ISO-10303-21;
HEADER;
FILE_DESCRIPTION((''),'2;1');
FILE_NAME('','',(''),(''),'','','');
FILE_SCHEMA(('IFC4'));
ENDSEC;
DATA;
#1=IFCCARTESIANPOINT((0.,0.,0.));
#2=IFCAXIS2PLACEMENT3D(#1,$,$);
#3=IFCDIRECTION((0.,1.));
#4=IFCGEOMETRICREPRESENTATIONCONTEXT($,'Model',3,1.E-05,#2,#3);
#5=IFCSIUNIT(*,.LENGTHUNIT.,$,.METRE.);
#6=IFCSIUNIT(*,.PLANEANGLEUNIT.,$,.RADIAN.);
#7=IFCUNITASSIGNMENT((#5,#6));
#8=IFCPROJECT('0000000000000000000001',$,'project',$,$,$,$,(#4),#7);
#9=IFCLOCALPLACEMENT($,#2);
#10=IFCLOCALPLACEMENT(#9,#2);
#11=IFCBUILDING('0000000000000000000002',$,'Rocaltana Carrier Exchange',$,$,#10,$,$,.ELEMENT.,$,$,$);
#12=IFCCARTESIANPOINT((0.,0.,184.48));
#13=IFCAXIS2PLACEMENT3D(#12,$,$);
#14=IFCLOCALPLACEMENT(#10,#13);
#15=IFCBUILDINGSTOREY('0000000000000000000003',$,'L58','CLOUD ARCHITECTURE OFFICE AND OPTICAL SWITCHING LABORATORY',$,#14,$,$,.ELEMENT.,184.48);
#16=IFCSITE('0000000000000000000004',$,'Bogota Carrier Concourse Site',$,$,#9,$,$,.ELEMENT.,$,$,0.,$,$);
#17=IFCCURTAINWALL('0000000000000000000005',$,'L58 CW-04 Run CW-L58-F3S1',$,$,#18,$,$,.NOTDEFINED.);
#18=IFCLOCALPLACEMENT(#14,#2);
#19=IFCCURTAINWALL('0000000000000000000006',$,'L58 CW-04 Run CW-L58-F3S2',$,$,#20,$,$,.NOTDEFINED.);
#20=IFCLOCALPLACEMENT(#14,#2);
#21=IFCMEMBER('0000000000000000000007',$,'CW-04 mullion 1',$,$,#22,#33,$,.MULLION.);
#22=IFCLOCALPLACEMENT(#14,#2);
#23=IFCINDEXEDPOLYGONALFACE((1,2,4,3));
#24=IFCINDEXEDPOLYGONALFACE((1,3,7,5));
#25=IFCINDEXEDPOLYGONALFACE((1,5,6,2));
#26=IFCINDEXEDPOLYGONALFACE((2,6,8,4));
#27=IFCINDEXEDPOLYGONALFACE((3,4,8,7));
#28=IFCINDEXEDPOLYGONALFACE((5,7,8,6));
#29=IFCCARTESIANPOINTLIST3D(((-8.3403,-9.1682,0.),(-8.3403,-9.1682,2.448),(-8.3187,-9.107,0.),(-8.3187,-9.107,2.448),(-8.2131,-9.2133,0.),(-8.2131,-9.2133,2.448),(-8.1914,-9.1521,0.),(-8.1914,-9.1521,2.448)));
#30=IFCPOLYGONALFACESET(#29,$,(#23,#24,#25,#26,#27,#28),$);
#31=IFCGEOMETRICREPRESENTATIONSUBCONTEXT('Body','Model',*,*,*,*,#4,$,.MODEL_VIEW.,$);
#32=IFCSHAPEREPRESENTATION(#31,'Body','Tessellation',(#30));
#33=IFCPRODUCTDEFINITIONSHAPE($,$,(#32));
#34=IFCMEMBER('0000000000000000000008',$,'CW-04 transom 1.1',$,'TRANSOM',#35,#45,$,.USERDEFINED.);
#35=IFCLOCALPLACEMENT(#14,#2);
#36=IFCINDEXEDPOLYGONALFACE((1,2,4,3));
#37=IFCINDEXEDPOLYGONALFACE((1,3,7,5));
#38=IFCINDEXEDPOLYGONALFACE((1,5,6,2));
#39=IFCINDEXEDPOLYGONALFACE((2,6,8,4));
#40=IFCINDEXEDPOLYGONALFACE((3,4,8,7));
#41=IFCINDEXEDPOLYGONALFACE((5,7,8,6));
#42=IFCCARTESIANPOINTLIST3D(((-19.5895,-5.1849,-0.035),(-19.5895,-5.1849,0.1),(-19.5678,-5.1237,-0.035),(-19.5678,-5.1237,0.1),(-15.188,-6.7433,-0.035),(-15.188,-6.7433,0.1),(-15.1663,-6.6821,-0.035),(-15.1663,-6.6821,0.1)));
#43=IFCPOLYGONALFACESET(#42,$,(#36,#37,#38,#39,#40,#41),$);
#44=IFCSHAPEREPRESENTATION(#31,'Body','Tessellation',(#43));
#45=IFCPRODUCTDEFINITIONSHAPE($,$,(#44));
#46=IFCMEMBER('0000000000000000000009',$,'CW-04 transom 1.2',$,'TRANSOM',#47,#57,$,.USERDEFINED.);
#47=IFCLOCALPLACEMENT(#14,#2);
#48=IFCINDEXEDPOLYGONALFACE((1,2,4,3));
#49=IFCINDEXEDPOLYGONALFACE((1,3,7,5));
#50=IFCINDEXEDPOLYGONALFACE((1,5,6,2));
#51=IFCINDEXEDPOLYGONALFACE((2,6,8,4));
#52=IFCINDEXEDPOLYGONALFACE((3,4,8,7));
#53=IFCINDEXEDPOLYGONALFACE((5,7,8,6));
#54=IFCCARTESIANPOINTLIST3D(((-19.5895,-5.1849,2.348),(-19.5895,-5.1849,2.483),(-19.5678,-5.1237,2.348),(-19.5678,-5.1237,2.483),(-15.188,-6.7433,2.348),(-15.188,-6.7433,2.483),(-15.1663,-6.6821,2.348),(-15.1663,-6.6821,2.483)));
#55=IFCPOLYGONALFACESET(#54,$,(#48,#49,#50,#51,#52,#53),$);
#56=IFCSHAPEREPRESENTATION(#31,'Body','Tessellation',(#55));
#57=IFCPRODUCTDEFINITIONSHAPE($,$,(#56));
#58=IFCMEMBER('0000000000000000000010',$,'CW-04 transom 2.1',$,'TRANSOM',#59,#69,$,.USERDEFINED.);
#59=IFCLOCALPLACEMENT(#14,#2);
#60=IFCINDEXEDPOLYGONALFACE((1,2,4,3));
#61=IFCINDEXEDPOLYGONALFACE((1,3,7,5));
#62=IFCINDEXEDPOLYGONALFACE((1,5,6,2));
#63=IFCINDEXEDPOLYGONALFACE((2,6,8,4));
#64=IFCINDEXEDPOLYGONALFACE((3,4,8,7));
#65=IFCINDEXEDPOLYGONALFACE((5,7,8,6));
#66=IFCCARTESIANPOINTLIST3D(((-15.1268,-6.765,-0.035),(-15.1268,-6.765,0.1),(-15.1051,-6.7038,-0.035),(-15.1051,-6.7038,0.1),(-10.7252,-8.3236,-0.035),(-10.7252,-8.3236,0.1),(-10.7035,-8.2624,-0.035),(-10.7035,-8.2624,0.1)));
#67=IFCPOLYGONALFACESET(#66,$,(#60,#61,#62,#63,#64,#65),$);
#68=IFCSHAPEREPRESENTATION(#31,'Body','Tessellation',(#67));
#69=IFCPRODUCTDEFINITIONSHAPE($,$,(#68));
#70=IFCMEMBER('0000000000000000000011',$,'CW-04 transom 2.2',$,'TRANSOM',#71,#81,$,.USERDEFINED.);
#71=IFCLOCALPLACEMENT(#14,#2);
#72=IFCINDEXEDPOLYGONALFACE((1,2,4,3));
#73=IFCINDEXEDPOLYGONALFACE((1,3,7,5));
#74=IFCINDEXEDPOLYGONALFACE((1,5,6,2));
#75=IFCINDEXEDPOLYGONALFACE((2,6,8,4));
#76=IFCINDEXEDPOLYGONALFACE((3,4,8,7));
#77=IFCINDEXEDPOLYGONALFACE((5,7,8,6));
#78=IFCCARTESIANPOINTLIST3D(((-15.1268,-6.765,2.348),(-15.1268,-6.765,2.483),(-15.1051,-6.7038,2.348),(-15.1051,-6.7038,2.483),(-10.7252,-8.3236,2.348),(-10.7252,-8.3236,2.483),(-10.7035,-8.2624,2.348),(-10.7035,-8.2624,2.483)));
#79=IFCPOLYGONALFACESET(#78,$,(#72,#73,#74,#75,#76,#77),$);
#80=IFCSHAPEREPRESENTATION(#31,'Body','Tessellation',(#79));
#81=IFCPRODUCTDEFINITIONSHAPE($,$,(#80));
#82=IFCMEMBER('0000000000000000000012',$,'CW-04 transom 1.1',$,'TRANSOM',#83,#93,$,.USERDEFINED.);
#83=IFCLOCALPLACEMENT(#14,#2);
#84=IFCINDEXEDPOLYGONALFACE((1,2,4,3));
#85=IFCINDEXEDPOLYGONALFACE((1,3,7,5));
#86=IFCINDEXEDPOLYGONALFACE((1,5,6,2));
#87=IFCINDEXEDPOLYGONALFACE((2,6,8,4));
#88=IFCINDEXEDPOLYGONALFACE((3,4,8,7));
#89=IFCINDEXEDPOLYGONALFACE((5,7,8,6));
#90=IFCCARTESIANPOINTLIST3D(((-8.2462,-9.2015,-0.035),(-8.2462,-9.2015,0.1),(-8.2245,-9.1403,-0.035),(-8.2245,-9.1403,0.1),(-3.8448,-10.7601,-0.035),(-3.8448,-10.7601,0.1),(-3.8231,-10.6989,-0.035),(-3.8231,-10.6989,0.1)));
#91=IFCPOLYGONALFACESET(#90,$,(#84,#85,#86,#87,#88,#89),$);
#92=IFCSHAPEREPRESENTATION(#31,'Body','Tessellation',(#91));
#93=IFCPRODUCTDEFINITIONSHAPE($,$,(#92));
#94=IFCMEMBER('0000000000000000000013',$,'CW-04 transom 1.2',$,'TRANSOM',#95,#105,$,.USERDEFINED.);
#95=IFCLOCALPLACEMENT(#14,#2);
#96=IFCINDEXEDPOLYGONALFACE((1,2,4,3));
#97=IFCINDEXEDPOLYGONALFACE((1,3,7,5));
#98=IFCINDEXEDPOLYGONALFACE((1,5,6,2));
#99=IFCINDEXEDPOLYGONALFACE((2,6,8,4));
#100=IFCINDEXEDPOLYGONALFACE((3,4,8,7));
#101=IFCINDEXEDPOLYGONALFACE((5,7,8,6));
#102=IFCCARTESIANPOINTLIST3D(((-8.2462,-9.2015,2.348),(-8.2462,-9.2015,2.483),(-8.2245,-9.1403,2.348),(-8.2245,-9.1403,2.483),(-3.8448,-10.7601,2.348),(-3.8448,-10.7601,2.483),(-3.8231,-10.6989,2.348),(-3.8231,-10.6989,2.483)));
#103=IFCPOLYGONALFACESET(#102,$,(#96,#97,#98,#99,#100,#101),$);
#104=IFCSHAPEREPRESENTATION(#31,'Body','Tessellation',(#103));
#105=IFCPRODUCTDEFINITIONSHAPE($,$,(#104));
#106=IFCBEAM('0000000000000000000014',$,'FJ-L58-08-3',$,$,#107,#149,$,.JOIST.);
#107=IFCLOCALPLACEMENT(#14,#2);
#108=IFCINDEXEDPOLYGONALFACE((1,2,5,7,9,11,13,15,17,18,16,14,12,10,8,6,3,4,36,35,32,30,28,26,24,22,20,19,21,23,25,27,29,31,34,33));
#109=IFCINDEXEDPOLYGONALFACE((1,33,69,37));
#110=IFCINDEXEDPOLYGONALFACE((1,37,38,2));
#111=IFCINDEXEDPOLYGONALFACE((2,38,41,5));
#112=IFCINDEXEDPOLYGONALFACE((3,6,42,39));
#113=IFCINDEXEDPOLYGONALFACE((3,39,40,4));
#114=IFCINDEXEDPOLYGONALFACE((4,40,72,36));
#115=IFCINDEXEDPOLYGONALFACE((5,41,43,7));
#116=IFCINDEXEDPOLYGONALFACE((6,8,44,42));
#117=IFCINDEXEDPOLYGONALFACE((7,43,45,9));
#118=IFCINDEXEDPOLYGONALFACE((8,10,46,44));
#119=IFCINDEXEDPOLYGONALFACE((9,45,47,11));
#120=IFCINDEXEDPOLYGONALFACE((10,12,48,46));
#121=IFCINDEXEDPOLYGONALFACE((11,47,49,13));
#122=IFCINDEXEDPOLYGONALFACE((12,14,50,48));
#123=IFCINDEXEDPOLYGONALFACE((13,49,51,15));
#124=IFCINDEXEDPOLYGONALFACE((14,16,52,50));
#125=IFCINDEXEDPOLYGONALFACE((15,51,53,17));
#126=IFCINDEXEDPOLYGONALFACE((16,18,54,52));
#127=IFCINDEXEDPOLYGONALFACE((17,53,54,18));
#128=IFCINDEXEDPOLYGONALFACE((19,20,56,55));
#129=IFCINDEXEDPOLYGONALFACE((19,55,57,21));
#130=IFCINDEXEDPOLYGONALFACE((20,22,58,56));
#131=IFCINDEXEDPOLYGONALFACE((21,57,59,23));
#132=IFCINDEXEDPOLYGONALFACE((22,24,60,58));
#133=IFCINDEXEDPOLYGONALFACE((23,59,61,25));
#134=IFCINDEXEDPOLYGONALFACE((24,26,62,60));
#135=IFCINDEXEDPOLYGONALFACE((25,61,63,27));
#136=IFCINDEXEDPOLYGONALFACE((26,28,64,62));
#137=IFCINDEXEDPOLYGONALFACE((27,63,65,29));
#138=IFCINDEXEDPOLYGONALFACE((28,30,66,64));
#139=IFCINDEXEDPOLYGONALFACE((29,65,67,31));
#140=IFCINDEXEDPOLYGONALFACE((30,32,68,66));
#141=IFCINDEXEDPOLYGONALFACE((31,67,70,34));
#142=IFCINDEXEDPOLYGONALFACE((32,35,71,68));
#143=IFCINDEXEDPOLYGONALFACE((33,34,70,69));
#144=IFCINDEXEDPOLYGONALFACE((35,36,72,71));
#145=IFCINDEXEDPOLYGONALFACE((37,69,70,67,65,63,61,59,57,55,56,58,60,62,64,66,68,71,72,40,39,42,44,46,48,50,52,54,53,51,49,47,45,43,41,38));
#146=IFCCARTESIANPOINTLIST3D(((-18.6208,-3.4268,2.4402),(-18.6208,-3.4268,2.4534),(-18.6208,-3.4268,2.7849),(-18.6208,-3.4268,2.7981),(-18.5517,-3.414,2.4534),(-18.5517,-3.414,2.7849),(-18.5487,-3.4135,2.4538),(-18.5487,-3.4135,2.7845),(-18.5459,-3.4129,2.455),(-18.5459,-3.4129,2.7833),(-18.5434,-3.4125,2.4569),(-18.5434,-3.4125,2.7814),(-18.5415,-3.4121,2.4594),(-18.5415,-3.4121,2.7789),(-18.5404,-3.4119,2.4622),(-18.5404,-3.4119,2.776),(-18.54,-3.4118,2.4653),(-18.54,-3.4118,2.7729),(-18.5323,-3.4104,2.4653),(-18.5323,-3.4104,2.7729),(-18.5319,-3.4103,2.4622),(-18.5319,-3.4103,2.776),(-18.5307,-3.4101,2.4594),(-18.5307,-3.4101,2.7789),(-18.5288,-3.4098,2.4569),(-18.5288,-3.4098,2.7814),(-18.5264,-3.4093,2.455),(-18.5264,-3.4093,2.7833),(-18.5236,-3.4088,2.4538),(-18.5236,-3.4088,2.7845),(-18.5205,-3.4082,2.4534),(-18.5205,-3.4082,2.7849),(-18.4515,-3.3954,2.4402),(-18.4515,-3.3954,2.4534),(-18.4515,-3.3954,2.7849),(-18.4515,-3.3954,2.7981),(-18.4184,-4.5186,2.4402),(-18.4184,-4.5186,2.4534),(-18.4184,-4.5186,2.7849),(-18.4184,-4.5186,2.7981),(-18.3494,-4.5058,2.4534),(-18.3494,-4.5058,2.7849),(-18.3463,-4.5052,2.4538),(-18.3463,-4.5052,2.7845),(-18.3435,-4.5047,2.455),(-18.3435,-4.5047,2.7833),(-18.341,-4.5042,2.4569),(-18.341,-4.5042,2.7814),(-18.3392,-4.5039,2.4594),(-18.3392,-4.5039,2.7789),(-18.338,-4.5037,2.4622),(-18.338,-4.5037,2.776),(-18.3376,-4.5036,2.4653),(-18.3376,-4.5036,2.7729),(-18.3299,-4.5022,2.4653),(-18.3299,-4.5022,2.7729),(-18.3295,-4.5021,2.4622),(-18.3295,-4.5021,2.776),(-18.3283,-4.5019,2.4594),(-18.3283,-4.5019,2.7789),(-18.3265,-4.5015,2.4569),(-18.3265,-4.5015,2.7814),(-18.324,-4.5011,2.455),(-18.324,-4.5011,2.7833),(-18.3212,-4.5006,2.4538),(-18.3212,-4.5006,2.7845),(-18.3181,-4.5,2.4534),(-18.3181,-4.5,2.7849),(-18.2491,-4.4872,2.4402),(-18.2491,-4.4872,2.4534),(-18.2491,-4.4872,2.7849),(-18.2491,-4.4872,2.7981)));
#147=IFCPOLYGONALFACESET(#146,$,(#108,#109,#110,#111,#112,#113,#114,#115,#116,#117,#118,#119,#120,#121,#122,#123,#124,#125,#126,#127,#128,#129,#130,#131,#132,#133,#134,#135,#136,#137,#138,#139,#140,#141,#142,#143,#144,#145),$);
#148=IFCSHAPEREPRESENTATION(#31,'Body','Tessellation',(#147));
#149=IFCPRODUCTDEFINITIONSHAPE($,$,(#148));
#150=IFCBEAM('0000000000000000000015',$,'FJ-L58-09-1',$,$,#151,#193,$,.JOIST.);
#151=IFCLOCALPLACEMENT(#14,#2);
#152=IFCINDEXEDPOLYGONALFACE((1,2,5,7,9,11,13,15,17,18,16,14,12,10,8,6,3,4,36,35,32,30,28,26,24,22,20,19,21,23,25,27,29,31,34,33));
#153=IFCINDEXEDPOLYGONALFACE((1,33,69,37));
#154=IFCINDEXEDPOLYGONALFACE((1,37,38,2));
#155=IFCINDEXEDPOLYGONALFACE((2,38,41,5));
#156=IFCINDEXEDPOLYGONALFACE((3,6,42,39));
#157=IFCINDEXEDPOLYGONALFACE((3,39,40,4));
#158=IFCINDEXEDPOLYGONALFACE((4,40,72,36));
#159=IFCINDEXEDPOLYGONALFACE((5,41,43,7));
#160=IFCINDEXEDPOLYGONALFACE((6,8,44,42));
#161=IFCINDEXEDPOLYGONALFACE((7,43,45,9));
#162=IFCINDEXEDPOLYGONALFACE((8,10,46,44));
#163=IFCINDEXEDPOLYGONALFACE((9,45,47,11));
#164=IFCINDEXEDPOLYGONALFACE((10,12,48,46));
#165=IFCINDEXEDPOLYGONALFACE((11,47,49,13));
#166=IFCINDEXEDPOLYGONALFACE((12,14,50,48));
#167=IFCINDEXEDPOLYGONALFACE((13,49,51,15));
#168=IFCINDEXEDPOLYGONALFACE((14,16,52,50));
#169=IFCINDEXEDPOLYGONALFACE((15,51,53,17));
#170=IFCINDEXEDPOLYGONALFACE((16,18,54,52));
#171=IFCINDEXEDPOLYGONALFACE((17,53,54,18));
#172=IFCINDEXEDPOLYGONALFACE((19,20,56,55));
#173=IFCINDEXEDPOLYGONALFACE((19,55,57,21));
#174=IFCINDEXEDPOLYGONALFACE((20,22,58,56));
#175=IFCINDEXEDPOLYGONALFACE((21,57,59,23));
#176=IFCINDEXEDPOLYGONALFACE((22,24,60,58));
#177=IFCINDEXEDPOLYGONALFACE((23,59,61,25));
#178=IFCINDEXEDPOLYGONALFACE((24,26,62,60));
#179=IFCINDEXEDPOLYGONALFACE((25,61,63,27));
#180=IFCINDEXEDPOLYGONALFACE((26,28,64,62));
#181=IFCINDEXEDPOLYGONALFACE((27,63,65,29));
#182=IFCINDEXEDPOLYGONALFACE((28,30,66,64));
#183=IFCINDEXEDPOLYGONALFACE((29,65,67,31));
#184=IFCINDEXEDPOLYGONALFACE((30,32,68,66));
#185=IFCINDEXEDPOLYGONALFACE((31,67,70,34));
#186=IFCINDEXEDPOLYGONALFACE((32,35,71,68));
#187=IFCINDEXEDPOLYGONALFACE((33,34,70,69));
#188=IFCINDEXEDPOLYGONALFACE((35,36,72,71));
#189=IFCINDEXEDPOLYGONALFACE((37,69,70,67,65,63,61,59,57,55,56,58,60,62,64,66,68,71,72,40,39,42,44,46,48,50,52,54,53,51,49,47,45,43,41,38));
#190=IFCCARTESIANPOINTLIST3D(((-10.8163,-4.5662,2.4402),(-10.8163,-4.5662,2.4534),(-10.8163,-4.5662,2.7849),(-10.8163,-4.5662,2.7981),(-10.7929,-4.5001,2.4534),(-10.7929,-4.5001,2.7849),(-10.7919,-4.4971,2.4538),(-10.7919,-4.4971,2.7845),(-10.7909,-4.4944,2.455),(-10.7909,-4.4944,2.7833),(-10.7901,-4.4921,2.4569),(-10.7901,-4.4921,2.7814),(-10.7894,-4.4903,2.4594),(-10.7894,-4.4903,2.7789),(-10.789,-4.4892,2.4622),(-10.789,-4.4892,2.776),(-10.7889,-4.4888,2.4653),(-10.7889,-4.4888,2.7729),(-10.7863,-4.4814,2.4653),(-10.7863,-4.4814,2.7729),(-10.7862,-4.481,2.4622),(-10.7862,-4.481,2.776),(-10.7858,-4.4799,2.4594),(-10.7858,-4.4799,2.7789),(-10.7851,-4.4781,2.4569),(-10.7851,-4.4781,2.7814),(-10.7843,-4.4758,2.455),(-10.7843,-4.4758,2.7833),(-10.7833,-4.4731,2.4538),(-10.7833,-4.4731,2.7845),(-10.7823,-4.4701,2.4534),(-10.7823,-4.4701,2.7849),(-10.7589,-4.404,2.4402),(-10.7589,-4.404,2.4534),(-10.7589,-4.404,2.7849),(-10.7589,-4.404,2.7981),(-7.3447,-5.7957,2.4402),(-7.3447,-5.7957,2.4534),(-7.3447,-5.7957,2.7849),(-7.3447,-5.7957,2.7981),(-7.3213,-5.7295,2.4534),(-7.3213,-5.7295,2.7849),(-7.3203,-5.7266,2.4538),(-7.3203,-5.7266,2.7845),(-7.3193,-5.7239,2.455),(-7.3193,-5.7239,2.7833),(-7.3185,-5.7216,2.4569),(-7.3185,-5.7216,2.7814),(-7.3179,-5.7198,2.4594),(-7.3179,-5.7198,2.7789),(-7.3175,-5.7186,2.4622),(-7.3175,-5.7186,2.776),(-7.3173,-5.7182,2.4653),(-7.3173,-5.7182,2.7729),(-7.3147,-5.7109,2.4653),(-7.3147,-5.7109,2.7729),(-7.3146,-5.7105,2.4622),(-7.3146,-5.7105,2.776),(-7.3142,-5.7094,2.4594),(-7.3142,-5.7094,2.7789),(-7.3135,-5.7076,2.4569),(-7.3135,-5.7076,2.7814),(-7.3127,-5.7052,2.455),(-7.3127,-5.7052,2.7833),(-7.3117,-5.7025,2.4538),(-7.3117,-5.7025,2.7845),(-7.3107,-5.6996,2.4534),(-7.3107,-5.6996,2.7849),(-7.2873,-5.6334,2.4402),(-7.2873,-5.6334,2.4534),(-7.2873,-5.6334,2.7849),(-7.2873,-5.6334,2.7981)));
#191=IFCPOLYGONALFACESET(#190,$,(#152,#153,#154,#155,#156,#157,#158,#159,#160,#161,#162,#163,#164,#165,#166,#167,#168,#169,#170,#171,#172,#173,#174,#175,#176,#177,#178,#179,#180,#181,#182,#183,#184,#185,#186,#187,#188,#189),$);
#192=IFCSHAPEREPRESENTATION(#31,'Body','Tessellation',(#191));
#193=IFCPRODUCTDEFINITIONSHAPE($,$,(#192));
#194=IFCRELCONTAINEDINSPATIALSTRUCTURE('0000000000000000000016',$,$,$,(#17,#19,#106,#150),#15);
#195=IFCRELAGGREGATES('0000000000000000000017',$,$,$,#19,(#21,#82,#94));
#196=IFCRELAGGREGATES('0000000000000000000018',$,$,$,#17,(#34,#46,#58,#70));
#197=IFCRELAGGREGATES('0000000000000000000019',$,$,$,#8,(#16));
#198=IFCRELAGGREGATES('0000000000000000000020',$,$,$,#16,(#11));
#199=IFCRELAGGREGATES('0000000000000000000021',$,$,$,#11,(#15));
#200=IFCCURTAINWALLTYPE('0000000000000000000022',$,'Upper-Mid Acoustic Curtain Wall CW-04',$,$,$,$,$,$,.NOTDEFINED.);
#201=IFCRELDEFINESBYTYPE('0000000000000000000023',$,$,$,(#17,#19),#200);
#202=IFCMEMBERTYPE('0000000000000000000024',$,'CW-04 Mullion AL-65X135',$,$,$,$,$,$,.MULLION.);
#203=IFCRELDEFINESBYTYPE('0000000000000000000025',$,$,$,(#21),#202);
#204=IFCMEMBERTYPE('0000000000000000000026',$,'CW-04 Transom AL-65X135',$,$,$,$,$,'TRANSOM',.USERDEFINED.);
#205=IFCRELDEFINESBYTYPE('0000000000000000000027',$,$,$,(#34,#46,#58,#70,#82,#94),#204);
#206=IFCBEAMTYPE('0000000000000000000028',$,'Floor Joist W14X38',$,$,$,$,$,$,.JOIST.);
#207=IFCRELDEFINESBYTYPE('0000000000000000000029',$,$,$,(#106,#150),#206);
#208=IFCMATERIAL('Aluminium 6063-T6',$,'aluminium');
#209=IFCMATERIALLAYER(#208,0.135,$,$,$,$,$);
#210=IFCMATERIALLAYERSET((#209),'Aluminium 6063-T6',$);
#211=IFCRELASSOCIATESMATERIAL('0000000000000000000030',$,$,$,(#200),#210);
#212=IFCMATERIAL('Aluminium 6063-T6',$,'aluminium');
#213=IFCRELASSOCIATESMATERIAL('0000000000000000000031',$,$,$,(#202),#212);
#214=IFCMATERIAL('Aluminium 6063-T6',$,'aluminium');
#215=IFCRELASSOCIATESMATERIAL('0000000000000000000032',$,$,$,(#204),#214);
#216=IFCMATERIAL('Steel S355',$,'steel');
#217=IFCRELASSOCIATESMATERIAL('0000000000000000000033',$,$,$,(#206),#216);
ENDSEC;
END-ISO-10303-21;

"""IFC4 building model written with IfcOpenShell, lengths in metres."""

from ifc_helpers import new_model, si_unit, direction, frame, origin, origin_2d, place, context, subcontext, project, spatial, rectangle, i_section, extrude, material, layer, layer_set, material_profile, profile_set, type_object, element, aggregate, save


model = new_model("IFC4")

# Units and contexts
model_context = context("Model", 3, precision=1e-05, world=origin(), true_north=direction((0.0, 1.0)))
body_context = subcontext(model_context, "Body", "Model", "MODEL_VIEW")
ifc_project = project(units=[si_unit("LENGTHUNIT", "METRE"), si_unit("PLANEANGLEUNIT", "RADIAN")], contexts=[model_context])

# Site, building, storey
site_placement = place(None, origin())
site = spatial("IfcSite", under=ifc_project, at=site_placement, Name="Bogota Carrier Concourse Site", CompositionType="ELEMENT", RefElevation=0.0)
building_placement = place(site_placement, origin())
building = spatial("IfcBuilding", under=site, at=building_placement, Name="Rocaltana Carrier Exchange", CompositionType="ELEMENT")
storey_placement = place(building_placement, frame((0.0, 0.0, 184.48)))
storey = spatial("IfcBuildingStorey", under=building, at=storey_placement, Name="L58", Description="CLOUD ARCHITECTURE OFFICE AND OPTICAL SWITCHING LABORATORY", CompositionType="ELEMENT", Elevation=184.48)

# Shared definitions
ifc_material_1 = material(Name="Aluminium 6063-T6", Category="aluminium")
ifc_layer_1 = layer(ifc_material_1, 0.135)
ifc_layer_set_1 = layer_set([ifc_layer_1], Name="Aluminium 6063-T6")
curtain_wall_type = type_object("IfcCurtainWallType", Name="Upper-Mid Acoustic Curtain Wall CW-04", PredefinedType="NOTDEFINED", material=ifc_layer_set_1)
ifc_material_2 = material(Name="Aluminium 6063-T6", Category="aluminium")
ifc_material_profile_1 = material_profile(ifc_material_2, rectangle(XDim=0.0649, YDim=0.135, at=origin_2d()), Name="AL-65X135")
ifc_profile_set_1 = profile_set([ifc_material_profile_1], Name="Aluminium 6063-T6")
member_type_1 = type_object("IfcMemberType", Name="CW-04 Mullion AL-65X135", PredefinedType="MULLION", material=ifc_profile_set_1)

# Curtain wall
curtain_wall_1_placement = place(storey_placement, origin())
curtain_wall_1 = element("IfcCurtainWall", 1, at=curtain_wall_1_placement, inside=storey, type_object=curtain_wall_type, Name="L58 CW-04 Run CW-L58-F3S1", PredefinedType="NOTDEFINED")

# Curtain wall, member
curtain_wall_2_placement = place(storey_placement, origin())
curtain_wall_2 = element("IfcCurtainWall", 2, at=curtain_wall_2_placement, inside=storey, type_object=curtain_wall_type, Name="L58 CW-04 Run CW-L58-F3S2", PredefinedType="NOTDEFINED")
member_1_placement = place(storey_placement, frame((-8.2659, -9.1602, 0.0), z_axis=(0.0, 0.0, 1.0), x_axis=(0.333799, 0.942644, 0.0)))
member_1 = element("IfcMember", 3, at=member_1_placement, type_object=member_type_1, Name="CW-04 mullion 1", PredefinedType="MULLION", context=body_context, shape_type="SweptSolid", body=[
    extrude(rectangle(XDim=0.0649, YDim=0.135, at=origin_2d()), origin(), (0.0, 0.0, 1.0), 2.448),
])

# Members
ifc_material_3 = material(Name="Aluminium 6063-T6", Category="aluminium")
ifc_material_profile_2 = material_profile(ifc_material_3, rectangle(XDim=0.0649, YDim=0.135, at=origin_2d()), Name="AL-65X135")
ifc_profile_set_2 = profile_set([ifc_material_profile_2], Name="Aluminium 6063-T6")
member_type_2 = type_object("IfcMemberType", Name="CW-04 Transom AL-65X135", ElementType="TRANSOM", PredefinedType="USERDEFINED", material=ifc_profile_set_2)
member_2_placement = place(storey_placement, frame((-19.5786, -5.1543, 0.0325), z_axis=(0.942659, -0.333758, 0.0), x_axis=(0.333758, 0.942659, 0.0)))
member_2 = element("IfcMember", 4, at=member_2_placement, type_object=member_type_2, Name="CW-04 transom 1.1", ObjectType="TRANSOM", PredefinedType="USERDEFINED", context=body_context, shape_type="SweptSolid", body=[
    extrude(rectangle(XDim=0.0649, YDim=0.135, at=origin_2d()), origin(), (0.0, 0.0, 1.0), 4.6692),
])
member_3_placement = place(storey_placement, frame((-19.5786, -5.1543, 2.4155), z_axis=(0.942659, -0.333758, 0.0), x_axis=(0.333758, 0.942659, 0.0)))
member_3 = element("IfcMember", 5, at=member_3_placement, type_object=member_type_2, Name="CW-04 transom 1.2", ObjectType="TRANSOM", PredefinedType="USERDEFINED", context=body_context, shape_type="SweptSolid", body=[
    extrude(rectangle(XDim=0.0649, YDim=0.135, at=origin_2d()), origin(), (0.0, 0.0, 1.0), 4.6692),
])
member_4_placement = place(storey_placement, frame((-15.116, -6.7344, 0.0325), z_axis=(0.942648, -0.333788, 0.0), x_axis=(0.333788, 0.942648, 0.0)))
member_4 = element("IfcMember", 6, at=member_4_placement, type_object=member_type_2, Name="CW-04 transom 2.1", ObjectType="TRANSOM", PredefinedType="USERDEFINED", context=body_context, shape_type="SweptSolid", body=[
    extrude(rectangle(XDim=0.0649, YDim=0.135, at=origin_2d()), origin(), (0.0, 0.0, 1.0), 4.6694),
])
member_5_placement = place(storey_placement, frame((-15.116, -6.7344, 2.4155), z_axis=(0.942648, -0.333788, 0.0), x_axis=(0.333788, 0.942648, 0.0)))
member_5 = element("IfcMember", 7, at=member_5_placement, type_object=member_type_2, Name="CW-04 transom 2.2", ObjectType="TRANSOM", PredefinedType="USERDEFINED", context=body_context, shape_type="SweptSolid", body=[
    extrude(rectangle(XDim=0.0649, YDim=0.135, at=origin_2d()), origin(), (0.0, 0.0, 1.0), 4.6694),
])
member_6_placement = place(storey_placement, frame((-8.2354, -9.1709, 0.0325), z_axis=(0.942642, -0.333805, 0.0), x_axis=(0.333805, 0.942642, 0.0)))
member_6 = element("IfcMember", 8, at=member_6_placement, type_object=member_type_2, Name="CW-04 transom 1.1", ObjectType="TRANSOM", PredefinedType="USERDEFINED", context=body_context, shape_type="SweptSolid", body=[
    extrude(rectangle(XDim=0.0649, YDim=0.135, at=origin_2d()), origin(), (0.0, 0.0, 1.0), 4.6692),
])
member_7_placement = place(storey_placement, frame((-8.2354, -9.1709, 2.4155), z_axis=(0.942642, -0.333805, 0.0), x_axis=(0.333805, 0.942642, 0.0)))
member_7 = element("IfcMember", 9, at=member_7_placement, type_object=member_type_2, Name="CW-04 transom 1.2", ObjectType="TRANSOM", PredefinedType="USERDEFINED", context=body_context, shape_type="SweptSolid", body=[
    extrude(rectangle(XDim=0.0649, YDim=0.135, at=origin_2d()), origin(), (0.0, 0.0, 1.0), 4.6692),
])
aggregate(curtain_wall_2, [member_1, member_6, member_7])

# Beams
ifc_material_4 = material(Name="Steel S355", Category="steel")
ifc_material_profile_3 = material_profile(ifc_material_4, i_section(OverallWidth=0.1721, OverallDepth=0.3579, WebThickness=0.0078, FlangeThickness=0.0132, FilletRadius=0.012, at=origin_2d()), Name="W14X38")
ifc_profile_set_3 = profile_set([ifc_material_profile_3], Name="Steel S355")
beam_type_1 = type_object("IfcBeamType", Name="Floor Joist W14X38", PredefinedType="JOIST", material=ifc_profile_set_3)
beam_1_placement = place(storey_placement, frame((-18.5361, -3.4111, 2.6191), z_axis=(0.18227, -0.983248, 0.0), x_axis=(0.983248, 0.18227, 0.0)))
element("IfcBeam", 10, at=beam_1_placement, inside=storey, type_object=beam_type_1, Name="FJ-L58-08-3", PredefinedType="JOIST", context=body_context, shape_type="SweptSolid", body=[
    extrude(i_section(OverallWidth=0.1721, OverallDepth=0.3579, WebThickness=0.0078, FlangeThickness=0.0132, FilletRadius=0.012, at=origin_2d()), origin(), (0.0, 0.0, 1.0), 1.1104),
])
beam_2_placement = place(storey_placement, frame((-10.7876, -4.4851, 2.6191), z_axis=(0.942632, -0.333832, 0.0), x_axis=(0.333832, 0.942632, 0.0)))
element("IfcBeam", 11, at=beam_2_placement, inside=storey, type_object=beam_type_1, Name="FJ-L58-09-1", PredefinedType="JOIST", context=body_context, shape_type="SweptSolid", body=[
    extrude(i_section(OverallWidth=0.1721, OverallDepth=0.3579, WebThickness=0.0078, FlangeThickness=0.0132, FilletRadius=0.012, at=origin_2d()), origin(), (0.0, 0.0, 1.0), 3.6829),
])

aggregate(curtain_wall_1, [member_2, member_3, member_4, member_5])

save(model, "model.ifc")
